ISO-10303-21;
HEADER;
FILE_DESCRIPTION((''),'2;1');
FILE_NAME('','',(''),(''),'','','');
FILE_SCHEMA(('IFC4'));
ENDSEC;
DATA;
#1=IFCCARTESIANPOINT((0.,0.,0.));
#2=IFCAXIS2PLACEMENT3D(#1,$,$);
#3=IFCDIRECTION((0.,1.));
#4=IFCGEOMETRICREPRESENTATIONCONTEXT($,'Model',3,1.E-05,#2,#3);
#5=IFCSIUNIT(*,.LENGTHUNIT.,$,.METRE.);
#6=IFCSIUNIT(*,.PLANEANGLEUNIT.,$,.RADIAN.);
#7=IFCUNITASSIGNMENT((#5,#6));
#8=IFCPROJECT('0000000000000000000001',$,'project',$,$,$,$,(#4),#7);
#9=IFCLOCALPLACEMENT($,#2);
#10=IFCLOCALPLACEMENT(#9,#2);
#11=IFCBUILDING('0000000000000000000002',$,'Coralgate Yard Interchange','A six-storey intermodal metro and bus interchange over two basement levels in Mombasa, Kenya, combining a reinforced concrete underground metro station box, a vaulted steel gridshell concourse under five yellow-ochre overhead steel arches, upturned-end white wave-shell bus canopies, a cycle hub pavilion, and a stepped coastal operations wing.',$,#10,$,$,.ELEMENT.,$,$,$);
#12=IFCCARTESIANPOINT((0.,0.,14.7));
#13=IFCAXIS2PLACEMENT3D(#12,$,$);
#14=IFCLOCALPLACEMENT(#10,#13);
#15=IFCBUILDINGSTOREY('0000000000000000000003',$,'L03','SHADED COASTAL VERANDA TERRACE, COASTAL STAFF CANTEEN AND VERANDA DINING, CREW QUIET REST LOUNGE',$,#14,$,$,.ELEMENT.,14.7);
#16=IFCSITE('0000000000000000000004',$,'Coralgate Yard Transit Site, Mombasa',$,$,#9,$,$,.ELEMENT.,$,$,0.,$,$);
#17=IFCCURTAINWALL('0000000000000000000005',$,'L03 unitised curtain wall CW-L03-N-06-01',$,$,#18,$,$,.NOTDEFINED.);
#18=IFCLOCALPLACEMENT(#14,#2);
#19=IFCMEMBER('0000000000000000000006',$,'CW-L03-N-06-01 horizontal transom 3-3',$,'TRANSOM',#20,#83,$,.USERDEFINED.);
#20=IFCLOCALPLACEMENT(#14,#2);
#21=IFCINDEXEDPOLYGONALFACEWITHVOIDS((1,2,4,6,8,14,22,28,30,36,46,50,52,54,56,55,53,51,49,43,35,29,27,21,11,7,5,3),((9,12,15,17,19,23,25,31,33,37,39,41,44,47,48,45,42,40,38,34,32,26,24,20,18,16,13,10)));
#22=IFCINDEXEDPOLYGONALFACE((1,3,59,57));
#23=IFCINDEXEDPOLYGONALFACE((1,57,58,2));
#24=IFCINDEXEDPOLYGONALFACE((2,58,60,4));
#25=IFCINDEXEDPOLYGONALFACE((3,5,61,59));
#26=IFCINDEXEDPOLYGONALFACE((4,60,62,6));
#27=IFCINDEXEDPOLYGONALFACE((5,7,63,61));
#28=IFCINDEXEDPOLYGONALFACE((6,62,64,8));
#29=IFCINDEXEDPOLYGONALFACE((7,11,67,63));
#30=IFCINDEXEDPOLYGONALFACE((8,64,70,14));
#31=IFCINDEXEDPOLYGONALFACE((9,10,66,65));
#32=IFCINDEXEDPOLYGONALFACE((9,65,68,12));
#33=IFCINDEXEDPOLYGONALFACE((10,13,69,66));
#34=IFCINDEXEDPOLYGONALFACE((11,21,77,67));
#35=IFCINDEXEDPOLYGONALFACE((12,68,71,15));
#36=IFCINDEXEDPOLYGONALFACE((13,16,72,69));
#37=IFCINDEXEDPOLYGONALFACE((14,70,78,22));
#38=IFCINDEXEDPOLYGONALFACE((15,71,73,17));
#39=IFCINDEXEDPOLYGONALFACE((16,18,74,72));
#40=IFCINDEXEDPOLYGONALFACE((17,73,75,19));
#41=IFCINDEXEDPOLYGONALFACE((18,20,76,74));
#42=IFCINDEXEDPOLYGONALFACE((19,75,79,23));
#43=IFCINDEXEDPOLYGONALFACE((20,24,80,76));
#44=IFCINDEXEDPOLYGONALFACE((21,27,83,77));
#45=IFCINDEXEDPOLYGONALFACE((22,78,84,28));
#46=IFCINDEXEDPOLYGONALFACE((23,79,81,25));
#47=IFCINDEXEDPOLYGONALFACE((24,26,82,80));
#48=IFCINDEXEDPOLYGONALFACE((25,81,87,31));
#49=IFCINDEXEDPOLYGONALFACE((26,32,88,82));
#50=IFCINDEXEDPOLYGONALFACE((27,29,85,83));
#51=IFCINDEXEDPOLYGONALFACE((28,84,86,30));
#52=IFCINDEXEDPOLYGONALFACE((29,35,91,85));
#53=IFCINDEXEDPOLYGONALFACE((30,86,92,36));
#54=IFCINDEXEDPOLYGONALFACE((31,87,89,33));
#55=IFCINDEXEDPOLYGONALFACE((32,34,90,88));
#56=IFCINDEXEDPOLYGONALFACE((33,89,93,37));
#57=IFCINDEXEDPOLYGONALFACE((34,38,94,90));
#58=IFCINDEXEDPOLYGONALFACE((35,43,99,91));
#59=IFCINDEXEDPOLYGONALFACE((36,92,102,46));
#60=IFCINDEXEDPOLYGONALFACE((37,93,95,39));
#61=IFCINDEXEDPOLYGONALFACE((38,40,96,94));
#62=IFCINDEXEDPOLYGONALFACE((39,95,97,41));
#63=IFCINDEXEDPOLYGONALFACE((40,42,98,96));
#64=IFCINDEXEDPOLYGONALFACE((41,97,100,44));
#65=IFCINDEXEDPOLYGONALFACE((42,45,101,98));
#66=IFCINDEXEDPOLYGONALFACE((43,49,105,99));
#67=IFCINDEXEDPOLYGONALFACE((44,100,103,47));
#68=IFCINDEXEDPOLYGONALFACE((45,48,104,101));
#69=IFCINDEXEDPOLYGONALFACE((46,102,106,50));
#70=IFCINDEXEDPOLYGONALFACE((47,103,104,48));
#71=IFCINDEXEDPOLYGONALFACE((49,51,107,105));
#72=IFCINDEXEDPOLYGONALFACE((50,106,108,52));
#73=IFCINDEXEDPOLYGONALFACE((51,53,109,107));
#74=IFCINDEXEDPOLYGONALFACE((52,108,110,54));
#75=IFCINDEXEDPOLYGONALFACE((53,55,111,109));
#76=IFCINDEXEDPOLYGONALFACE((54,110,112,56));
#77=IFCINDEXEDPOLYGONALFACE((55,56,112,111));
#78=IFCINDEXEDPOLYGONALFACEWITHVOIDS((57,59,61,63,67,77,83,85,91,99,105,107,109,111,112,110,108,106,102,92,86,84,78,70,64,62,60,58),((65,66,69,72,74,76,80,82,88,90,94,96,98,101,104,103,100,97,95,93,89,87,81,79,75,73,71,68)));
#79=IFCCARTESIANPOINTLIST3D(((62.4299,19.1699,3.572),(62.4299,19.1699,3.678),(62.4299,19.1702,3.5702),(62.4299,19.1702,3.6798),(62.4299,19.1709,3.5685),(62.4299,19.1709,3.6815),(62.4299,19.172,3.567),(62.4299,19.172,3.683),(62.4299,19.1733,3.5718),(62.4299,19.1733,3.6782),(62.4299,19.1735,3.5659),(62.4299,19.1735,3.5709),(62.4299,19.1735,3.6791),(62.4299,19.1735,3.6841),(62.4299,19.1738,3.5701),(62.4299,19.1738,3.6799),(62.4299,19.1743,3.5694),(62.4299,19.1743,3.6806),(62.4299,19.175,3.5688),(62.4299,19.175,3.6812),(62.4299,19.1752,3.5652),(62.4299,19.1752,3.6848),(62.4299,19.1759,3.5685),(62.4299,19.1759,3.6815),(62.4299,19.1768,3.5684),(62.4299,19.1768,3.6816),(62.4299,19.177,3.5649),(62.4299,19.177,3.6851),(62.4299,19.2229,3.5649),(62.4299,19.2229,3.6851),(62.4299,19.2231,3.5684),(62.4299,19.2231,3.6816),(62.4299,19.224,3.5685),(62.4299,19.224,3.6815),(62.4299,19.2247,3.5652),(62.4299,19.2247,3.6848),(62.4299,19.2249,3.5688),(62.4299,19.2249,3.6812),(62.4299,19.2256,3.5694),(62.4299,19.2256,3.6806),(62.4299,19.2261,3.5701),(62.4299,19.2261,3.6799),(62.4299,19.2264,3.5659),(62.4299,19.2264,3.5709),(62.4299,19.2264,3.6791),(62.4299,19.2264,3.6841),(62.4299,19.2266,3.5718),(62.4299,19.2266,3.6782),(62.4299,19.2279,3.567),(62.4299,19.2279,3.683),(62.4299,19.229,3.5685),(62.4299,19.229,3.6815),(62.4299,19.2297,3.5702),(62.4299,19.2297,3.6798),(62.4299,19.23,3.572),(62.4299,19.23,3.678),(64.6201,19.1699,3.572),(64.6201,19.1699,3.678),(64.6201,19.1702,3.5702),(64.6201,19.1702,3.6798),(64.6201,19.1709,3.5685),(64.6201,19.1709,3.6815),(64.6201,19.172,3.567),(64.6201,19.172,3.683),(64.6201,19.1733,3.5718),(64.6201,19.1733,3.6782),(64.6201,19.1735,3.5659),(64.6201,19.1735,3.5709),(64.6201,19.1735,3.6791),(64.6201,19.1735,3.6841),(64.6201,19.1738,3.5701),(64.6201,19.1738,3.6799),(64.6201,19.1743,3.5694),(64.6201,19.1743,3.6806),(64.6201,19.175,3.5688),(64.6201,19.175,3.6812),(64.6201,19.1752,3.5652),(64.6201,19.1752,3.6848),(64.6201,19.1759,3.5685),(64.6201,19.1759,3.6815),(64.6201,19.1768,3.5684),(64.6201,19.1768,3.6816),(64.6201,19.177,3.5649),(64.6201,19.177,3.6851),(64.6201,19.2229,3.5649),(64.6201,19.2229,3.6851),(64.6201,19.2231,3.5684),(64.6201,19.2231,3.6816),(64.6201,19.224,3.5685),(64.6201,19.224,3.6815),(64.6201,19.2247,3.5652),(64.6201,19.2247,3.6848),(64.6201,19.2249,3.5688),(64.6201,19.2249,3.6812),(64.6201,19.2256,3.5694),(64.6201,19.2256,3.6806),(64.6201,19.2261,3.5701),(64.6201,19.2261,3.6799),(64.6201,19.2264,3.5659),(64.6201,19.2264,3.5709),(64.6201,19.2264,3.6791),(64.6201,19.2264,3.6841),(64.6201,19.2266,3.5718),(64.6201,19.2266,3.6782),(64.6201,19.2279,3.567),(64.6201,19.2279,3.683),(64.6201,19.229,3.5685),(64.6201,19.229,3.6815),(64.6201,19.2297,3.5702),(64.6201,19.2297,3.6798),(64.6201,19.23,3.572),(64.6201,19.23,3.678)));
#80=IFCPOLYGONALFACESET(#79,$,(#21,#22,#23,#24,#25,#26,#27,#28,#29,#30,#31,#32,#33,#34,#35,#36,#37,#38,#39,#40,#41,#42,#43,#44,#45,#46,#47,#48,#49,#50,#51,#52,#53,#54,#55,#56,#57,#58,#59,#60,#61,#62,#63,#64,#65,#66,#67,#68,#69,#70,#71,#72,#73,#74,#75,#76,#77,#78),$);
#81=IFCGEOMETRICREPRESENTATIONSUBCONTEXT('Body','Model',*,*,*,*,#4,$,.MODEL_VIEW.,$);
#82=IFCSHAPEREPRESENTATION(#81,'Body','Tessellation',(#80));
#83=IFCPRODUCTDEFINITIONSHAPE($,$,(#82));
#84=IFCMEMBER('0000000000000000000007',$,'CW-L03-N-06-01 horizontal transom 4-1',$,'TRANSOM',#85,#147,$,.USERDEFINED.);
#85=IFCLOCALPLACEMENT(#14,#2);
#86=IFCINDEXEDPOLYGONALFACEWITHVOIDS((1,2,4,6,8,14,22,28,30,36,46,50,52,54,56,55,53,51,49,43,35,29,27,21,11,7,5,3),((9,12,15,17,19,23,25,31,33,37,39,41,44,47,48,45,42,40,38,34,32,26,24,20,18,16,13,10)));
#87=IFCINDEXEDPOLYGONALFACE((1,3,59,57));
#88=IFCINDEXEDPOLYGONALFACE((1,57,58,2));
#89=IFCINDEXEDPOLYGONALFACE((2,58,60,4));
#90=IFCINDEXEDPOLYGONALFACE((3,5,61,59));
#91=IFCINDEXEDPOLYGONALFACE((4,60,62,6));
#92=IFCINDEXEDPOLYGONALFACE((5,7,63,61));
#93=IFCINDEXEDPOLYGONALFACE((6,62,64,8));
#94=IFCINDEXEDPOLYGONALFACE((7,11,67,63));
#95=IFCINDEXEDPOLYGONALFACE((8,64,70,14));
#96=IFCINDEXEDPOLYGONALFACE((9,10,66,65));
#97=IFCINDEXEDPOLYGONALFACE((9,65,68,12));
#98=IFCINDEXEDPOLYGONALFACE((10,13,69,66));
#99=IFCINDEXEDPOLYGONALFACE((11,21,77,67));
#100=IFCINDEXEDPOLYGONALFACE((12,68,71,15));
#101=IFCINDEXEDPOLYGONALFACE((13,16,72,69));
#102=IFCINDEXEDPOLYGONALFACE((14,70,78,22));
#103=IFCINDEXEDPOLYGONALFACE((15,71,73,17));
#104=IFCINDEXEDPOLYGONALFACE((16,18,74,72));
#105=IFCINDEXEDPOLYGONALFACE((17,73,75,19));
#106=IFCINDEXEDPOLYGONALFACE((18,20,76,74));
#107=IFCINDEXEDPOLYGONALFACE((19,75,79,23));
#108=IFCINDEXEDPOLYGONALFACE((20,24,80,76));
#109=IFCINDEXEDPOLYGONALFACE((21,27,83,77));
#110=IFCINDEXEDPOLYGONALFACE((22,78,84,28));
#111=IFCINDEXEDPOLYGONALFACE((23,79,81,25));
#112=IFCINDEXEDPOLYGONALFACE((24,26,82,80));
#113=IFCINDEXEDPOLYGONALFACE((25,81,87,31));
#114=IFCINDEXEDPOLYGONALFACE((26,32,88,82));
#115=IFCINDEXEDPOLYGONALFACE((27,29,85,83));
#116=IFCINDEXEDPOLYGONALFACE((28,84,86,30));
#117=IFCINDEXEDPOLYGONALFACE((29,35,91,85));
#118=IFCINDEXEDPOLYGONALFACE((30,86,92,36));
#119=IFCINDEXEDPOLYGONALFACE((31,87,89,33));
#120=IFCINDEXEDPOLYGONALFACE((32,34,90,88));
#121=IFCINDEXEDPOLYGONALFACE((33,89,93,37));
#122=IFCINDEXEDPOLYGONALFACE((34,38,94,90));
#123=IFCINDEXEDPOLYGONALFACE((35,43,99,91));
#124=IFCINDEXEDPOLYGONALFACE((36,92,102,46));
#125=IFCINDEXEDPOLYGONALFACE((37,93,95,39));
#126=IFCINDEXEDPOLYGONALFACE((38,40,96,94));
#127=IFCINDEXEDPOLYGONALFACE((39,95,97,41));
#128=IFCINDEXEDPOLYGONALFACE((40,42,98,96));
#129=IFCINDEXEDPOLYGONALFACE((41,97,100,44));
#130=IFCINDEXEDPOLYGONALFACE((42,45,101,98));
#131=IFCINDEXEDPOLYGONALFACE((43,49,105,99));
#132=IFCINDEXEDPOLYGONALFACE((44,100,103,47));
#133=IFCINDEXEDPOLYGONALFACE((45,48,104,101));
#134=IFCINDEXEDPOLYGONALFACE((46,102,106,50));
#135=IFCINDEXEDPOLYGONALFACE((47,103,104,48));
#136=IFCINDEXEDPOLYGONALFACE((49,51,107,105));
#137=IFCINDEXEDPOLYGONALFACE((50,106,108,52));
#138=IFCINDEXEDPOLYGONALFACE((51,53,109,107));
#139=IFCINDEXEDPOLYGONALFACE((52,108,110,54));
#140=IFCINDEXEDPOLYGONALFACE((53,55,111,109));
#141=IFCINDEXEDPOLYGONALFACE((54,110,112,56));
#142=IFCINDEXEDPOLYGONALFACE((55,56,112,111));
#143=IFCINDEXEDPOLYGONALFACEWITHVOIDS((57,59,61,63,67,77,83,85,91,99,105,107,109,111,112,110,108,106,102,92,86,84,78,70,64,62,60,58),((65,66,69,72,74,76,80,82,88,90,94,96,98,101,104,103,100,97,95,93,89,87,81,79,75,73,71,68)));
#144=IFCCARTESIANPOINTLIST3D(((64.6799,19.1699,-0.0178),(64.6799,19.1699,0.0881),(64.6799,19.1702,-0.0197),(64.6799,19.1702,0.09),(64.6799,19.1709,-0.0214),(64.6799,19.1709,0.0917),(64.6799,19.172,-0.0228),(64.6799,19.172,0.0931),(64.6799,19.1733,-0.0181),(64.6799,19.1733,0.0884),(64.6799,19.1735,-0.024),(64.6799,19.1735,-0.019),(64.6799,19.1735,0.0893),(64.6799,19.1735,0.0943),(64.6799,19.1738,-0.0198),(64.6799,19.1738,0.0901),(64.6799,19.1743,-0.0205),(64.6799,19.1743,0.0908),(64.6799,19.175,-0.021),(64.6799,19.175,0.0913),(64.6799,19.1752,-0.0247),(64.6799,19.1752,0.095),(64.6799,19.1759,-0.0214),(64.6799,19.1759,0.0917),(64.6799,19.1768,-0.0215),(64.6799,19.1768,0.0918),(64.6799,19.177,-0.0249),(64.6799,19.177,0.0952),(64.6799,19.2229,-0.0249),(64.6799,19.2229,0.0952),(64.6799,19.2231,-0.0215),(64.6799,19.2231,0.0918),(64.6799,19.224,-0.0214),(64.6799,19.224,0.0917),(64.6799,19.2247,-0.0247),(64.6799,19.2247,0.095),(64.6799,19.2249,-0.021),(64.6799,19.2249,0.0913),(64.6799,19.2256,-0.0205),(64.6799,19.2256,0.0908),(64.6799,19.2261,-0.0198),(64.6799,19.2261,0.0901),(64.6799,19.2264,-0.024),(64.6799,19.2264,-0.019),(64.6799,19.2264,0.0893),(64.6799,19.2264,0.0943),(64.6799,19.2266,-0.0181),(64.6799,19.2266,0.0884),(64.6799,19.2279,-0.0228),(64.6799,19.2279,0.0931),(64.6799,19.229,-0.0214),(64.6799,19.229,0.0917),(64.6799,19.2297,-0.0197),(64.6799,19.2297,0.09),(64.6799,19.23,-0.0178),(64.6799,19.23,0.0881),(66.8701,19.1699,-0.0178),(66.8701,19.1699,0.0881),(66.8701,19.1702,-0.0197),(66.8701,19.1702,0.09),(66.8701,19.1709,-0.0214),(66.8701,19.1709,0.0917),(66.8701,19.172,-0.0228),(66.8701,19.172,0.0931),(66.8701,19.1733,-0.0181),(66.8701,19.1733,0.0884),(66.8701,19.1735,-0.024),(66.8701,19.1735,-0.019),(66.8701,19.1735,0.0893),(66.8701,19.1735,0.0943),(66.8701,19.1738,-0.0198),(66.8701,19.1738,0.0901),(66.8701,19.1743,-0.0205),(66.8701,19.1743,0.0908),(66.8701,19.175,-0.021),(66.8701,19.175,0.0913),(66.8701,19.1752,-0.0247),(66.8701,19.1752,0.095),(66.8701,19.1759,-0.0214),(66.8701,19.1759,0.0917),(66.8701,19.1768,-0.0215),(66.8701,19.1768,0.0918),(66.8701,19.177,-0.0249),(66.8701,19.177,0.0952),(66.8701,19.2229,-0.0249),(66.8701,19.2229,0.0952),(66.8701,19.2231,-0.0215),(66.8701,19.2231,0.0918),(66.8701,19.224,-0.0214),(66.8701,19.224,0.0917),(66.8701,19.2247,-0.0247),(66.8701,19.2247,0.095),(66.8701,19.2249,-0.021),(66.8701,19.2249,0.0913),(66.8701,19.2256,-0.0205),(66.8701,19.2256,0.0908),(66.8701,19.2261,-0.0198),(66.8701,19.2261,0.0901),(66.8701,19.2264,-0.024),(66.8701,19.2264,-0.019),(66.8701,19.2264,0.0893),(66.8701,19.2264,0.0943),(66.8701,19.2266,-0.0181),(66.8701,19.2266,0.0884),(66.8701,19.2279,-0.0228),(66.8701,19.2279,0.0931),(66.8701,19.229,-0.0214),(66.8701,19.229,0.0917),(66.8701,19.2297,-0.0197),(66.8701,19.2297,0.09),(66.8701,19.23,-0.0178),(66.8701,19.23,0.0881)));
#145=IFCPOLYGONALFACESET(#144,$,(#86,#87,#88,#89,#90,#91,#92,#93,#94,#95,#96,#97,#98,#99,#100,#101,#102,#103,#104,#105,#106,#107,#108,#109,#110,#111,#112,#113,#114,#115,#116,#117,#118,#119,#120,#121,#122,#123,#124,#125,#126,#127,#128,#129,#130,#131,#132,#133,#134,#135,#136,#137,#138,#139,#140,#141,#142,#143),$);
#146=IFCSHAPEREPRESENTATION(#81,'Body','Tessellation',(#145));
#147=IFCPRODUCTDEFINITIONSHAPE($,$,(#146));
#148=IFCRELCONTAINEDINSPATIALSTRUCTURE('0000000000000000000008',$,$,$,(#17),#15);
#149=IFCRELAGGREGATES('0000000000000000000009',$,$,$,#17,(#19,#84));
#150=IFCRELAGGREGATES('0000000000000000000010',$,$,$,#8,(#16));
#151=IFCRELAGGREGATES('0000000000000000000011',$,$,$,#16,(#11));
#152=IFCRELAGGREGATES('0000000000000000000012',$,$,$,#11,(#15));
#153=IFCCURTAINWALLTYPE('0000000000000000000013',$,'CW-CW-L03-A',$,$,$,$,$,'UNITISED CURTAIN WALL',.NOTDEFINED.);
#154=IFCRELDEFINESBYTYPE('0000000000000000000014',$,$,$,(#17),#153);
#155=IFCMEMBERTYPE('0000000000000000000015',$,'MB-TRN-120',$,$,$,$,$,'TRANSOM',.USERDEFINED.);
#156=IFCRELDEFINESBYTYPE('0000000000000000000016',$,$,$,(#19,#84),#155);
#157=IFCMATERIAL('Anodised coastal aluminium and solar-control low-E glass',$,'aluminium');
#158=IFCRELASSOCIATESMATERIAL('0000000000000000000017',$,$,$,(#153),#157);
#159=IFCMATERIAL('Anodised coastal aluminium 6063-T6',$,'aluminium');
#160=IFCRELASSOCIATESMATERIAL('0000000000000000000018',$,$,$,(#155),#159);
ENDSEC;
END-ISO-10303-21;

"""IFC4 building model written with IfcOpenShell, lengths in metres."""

from ifc_helpers import new_model, si_unit, direction, frame, origin, origin_2d, place, context, subcontext, project, spatial, hollow_rectangle, extrude, material, material_profile, profile_set, type_object, element, aggregate, save


model = new_model("IFC4")

# Units and contexts
model_context = context("Model", 3, precision=1e-05, world=origin(), true_north=direction((0.0, 1.0)))
body_context = subcontext(model_context, "Body", "Model", "MODEL_VIEW")
ifc_project = project(units=[si_unit("LENGTHUNIT", "METRE"), si_unit("PLANEANGLEUNIT", "RADIAN")], contexts=[model_context])

# Site, building, storey
site_placement = place(None, origin())
site = spatial("IfcSite", under=ifc_project, at=site_placement, Name="Coralgate Yard Transit Site, Mombasa", CompositionType="ELEMENT", RefElevation=0.0)
building_placement = place(site_placement, origin())
building = spatial("IfcBuilding", under=site, at=building_placement, Name="Coralgate Yard Interchange", Description="A six-storey intermodal metro and bus interchange over two basement levels in Mombasa, Kenya, combining a reinforced concrete underground metro station box, a vaulted steel gridshell concourse under five yellow-ochre overhead steel arches, upturned-end white wave-shell bus canopies, a cycle hub pavilion, and a stepped coastal operations wing.", CompositionType="ELEMENT")
storey_placement = place(building_placement, frame((0.0, 0.0, 14.7)))
storey = spatial("IfcBuildingStorey", under=building, at=storey_placement, Name="L03", Description="SHADED COASTAL VERANDA TERRACE, COASTAL STAFF CANTEEN AND VERANDA DINING, CREW QUIET REST LOUNGE", CompositionType="ELEMENT", Elevation=14.7)

# Curtain wall
ifc_material_1 = material(Name="Anodised coastal aluminium and solar-control low-E glass", Category="aluminium")
curtain_wall_type = type_object("IfcCurtainWallType", Name="CW-CW-L03-A", ElementType="UNITISED CURTAIN WALL", PredefinedType="NOTDEFINED", material=ifc_material_1)
curtain_wall_1_placement = place(storey_placement, origin())
curtain_wall_1 = element("IfcCurtainWall", 1, at=curtain_wall_1_placement, inside=storey, type_object=curtain_wall_type, Name="L03 unitised curtain wall CW-L03-N-06-01", PredefinedType="NOTDEFINED")
ifc_material_2 = material(Name="Anodised coastal aluminium 6063-T6", Category="aluminium")

# Members
ifc_material_profile_1 = material_profile(ifc_material_2, hollow_rectangle(XDim=0.0601, YDim=0.1201, WallThickness=0.0034, InnerFilletRadius=0.0034, OuterFilletRadius=0.0071, at=origin_2d()), Name="ALU 60x120x3.5")
ifc_profile_set_1 = profile_set([ifc_material_profile_1], Name="Anodised coastal aluminium 6063-T6")
member_type_1 = type_object("IfcMemberType", Name="MB-TRN-120", ElementType="TRANSOM", PredefinedType="USERDEFINED", material=ifc_profile_set_1)
member_1_placement = place(storey_placement, frame((62.4299, 19.2, 3.625), z_axis=(1.0, 0.0, 0.0), x_axis=(0.0, 1.0, 0.0)))
member_1 = element("IfcMember", 2, at=member_1_placement, type_object=member_type_1, Name="CW-L03-N-06-01 horizontal transom 3-3", ObjectType="TRANSOM", PredefinedType="USERDEFINED", context=body_context, shape_type="SweptSolid", body=[
    extrude(hollow_rectangle(XDim=0.0601, YDim=0.1201, WallThickness=0.0034, InnerFilletRadius=0.0034, OuterFilletRadius=0.0071, at=origin_2d()), origin(), (0.0, 0.0, 1.0), 2.1902),
])
member_2_placement = place(storey_placement, frame((64.6799, 19.2, 0.0352), z_axis=(1.0, 0.0, 0.0), x_axis=(0.0, 1.0, 0.0)))
member_2 = element("IfcMember", 3, at=member_2_placement, type_object=member_type_1, Name="CW-L03-N-06-01 horizontal transom 4-1", ObjectType="TRANSOM", PredefinedType="USERDEFINED", context=body_context, shape_type="SweptSolid", body=[
    extrude(hollow_rectangle(XDim=0.0601, YDim=0.1201, WallThickness=0.0034, InnerFilletRadius=0.0034, OuterFilletRadius=0.0071, at=origin_2d()), origin(), (0.0, 0.0, 1.0), 2.1902),
])

aggregate(curtain_wall_1, [member_1, member_2])

save(model, "model.ifc")
